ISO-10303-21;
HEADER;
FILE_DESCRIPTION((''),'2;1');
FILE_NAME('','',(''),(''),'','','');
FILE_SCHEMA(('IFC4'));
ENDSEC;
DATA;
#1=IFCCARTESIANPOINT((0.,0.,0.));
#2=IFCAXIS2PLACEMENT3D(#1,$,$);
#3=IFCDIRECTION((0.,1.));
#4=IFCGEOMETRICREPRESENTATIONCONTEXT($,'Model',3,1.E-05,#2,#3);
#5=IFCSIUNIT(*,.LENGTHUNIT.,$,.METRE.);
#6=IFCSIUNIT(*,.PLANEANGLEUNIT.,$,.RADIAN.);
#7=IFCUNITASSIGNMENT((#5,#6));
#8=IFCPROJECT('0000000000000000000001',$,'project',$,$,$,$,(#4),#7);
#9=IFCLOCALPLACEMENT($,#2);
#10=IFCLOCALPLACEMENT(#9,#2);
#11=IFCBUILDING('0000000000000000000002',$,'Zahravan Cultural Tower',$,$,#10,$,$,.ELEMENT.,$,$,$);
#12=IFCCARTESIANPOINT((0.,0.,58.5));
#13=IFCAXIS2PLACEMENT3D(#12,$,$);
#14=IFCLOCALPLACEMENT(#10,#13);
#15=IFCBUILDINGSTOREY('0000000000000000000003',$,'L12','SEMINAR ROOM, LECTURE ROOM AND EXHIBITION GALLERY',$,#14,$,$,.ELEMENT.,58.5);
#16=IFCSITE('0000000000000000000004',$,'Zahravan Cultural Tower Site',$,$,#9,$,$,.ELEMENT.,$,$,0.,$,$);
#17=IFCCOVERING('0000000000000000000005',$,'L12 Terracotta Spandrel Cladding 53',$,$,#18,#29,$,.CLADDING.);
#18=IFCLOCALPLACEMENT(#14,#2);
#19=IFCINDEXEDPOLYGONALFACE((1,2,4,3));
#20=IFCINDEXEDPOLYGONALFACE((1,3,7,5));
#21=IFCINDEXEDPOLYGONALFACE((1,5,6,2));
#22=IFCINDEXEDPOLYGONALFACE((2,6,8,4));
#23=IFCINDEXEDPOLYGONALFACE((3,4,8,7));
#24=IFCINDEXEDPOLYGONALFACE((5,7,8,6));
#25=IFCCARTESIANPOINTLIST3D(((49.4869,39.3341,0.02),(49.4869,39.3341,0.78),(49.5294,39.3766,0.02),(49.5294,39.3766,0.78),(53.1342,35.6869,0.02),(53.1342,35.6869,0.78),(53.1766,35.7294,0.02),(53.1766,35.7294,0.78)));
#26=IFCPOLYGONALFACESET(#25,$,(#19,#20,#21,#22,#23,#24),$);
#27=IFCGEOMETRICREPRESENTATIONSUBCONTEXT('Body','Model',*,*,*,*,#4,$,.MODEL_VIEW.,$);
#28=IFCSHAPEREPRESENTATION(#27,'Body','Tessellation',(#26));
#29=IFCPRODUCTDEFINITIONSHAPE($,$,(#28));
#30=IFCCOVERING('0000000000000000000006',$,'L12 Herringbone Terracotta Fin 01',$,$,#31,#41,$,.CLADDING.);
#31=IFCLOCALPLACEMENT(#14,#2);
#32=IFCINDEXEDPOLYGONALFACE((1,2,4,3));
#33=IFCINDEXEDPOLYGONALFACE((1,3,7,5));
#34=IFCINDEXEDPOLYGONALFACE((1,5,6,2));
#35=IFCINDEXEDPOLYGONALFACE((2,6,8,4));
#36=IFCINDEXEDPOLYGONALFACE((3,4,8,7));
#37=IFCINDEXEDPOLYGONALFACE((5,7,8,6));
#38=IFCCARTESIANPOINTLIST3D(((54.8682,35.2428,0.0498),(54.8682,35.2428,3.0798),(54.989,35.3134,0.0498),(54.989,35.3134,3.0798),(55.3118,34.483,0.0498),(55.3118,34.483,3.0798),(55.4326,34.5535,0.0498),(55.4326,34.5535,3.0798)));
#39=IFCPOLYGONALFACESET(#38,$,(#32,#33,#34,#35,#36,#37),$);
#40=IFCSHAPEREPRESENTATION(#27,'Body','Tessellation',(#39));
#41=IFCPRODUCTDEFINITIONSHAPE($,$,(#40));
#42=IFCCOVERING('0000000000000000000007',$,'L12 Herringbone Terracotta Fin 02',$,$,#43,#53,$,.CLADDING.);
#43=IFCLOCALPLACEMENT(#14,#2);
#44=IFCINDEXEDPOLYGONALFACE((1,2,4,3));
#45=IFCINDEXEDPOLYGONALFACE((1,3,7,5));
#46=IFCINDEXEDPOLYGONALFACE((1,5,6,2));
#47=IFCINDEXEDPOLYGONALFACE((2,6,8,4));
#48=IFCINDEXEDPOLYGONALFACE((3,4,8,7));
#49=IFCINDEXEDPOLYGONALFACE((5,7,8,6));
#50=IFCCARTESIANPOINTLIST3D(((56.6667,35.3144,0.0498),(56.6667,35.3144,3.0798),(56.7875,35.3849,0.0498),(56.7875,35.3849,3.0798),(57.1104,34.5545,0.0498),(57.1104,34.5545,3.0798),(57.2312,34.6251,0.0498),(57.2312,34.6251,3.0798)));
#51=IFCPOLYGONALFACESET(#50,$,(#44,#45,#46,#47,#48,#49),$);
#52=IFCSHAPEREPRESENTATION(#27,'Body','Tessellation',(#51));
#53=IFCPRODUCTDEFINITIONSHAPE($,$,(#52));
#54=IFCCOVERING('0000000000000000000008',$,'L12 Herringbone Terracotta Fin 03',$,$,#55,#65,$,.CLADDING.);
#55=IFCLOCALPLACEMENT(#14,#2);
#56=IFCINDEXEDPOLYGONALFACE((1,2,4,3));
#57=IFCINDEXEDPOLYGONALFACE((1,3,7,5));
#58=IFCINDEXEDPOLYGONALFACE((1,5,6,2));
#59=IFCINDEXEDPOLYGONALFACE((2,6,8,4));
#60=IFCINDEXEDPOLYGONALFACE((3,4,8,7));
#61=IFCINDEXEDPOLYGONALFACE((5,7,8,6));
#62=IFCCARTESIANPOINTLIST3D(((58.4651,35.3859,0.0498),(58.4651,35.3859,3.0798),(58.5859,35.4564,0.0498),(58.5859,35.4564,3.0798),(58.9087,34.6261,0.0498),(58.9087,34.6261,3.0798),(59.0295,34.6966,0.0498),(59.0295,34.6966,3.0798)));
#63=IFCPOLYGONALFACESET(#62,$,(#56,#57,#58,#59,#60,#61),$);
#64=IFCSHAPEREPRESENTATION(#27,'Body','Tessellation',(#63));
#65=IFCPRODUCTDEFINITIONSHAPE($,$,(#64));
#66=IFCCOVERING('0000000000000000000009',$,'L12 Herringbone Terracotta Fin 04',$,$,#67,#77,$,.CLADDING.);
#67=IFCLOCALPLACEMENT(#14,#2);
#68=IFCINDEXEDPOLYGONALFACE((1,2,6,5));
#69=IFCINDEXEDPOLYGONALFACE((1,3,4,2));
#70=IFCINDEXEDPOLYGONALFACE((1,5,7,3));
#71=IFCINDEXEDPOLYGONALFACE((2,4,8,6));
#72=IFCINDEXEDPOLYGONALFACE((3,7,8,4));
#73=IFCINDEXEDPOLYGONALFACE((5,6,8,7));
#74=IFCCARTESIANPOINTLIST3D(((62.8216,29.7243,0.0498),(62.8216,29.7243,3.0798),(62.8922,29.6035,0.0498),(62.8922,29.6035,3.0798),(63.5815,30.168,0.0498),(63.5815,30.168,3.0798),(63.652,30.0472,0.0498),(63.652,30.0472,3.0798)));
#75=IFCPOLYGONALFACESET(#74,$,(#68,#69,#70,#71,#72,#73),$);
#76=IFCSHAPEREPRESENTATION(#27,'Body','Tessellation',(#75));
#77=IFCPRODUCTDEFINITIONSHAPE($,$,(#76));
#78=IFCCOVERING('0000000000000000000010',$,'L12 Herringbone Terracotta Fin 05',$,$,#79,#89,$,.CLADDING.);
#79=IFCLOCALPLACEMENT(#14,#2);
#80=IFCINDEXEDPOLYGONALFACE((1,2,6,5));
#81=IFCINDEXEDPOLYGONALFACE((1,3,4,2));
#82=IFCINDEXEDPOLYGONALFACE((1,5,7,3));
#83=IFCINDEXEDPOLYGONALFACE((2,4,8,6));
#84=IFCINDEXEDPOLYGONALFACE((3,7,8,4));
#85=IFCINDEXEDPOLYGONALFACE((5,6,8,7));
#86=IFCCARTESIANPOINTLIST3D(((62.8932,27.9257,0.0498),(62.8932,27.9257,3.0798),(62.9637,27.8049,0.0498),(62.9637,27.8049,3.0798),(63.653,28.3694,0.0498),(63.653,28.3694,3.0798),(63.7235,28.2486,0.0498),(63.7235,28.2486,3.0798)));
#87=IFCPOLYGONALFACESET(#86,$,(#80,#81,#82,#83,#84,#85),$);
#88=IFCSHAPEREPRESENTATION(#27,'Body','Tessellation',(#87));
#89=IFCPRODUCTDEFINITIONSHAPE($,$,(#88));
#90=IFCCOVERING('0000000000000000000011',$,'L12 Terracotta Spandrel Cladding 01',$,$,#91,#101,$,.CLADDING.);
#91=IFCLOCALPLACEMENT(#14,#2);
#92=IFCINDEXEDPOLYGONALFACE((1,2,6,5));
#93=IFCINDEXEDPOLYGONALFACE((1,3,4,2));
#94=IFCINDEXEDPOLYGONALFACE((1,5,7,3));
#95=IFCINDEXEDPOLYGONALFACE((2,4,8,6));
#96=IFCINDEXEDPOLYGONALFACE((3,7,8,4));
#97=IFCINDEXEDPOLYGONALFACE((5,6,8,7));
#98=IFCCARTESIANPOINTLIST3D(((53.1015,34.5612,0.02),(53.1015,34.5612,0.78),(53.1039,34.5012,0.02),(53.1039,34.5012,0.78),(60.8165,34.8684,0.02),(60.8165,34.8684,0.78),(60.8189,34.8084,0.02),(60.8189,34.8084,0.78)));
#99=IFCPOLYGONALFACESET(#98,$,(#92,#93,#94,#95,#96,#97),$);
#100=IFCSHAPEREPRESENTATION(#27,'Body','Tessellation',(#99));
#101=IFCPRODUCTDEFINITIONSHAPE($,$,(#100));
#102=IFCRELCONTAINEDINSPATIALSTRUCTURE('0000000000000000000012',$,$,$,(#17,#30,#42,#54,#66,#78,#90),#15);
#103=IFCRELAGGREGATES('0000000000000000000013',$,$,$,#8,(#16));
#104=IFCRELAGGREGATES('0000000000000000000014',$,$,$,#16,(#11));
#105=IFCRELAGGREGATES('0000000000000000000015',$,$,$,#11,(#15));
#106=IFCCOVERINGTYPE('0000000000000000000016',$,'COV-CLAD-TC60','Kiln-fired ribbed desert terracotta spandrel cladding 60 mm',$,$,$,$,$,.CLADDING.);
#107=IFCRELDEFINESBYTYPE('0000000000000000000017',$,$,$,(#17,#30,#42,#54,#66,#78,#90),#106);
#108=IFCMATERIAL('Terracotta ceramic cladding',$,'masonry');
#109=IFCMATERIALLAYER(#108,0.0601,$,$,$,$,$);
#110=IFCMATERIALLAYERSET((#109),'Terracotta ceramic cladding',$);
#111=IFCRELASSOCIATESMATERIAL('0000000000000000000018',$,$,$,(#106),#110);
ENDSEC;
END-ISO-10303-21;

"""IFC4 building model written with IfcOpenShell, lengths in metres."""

from ifc_helpers import new_model, si_unit, direction, frame, origin, origin_2d, place, context, subcontext, project, spatial, rectangle, extrude, source, transform, mapped, material, layer, layer_set, type_object, element, save


model = new_model("IFC4")

# Units and contexts
model_context = context("Model", 3, precision=1e-05, world=origin(), true_north=direction((0.0, 1.0)))
body_context = subcontext(model_context, "Body", "Model", "MODEL_VIEW")
ifc_project = project(units=[si_unit("LENGTHUNIT", "METRE"), si_unit("PLANEANGLEUNIT", "RADIAN")], contexts=[model_context])

# Site, building, storey
site_placement = place(None, origin())
site = spatial("IfcSite", under=ifc_project, at=site_placement, Name="Zahravan Cultural Tower Site", CompositionType="ELEMENT", RefElevation=0.0)
building_placement = place(site_placement, origin())
building = spatial("IfcBuilding", under=site, at=building_placement, Name="Zahravan Cultural Tower", CompositionType="ELEMENT")
storey_placement = place(building_placement, frame((0.0, 0.0, 58.5)))
storey = spatial("IfcBuildingStorey", under=building, at=storey_placement, Name="L12", Description="SEMINAR ROOM, LECTURE ROOM AND EXHIBITION GALLERY", CompositionType="ELEMENT", Elevation=58.5)

# Coverings
ifc_material_1 = material(Name="Terracotta ceramic cladding", Category="masonry")
ifc_layer_1 = layer(ifc_material_1, 0.0601)
ifc_layer_set_1 = layer_set([ifc_layer_1], Name="Terracotta ceramic cladding")
covering_type = type_object("IfcCoveringType", Name="COV-CLAD-TC60", Description="Kiln-fired ribbed desert terracotta spandrel cladding 60 mm", PredefinedType="CLADDING", material=ifc_layer_set_1)
shared_shape_1 = source(origin(), body_context, "Body", "SweptSolid", [
    extrude(rectangle(XDim=5.158, YDim=0.0601, at=origin_2d()), origin(), (0.0, 0.0, 1.0), 0.76),
])
covering_1_placement = place(storey_placement, frame((51.3318, 37.5317, 0.02), z_axis=(0.0, 0.0, 1.0), x_axis=(0.707107, -0.707107, 0.0)))
element("IfcCovering", 1, at=covering_1_placement, inside=storey, type_object=covering_type, Name="L12 Terracotta Spandrel Cladding 53", PredefinedType="CLADDING", context=body_context, shape_type="MappedRepresentation", body=[
    mapped(shared_shape_1, transform((0.0, 0.0, 0.0), x_axis=(1.0, 0.0, 0.0), y_axis=(0.0, 1.0, 0.0), z_axis=(0.0, 0.0, 1.0), scale=1.0)),
])
shared_shape_2 = source(origin(), body_context, "Body", "SweptSolid", [
    extrude(rectangle(XDim=0.8799, YDim=0.1399, at=origin_2d()), origin(), (0.0, 0.0, 1.0), 3.03),
])
for number, where, z_axis, x_axis, name in (
    (2, (55.1504, 34.8982, 0.0498), (0.0, 0.0, 1.0), (-0.504226, 0.863572, 0.0), "L12 Herringbone Terracotta Fin 01"),
    (3, (56.949, 34.9697, 0.0498), (0.0, 0.0, 1.0), (-0.504226, 0.863572, 0.0), "L12 Herringbone Terracotta Fin 02"),
    (4, (58.7473, 35.0413, 0.0498), (0.0, 0.0, 1.0), (-0.504226, 0.863572, 0.0), "L12 Herringbone Terracotta Fin 03"),
    (5, (63.2368, 29.8857, 0.0498), (0.0, 0.0, 1.0), (0.863572, 0.504226, 0.0), "L12 Herringbone Terracotta Fin 04"),
    (6, (63.3083, 28.0872, 0.0498), (0.0, 0.0, 1.0), (0.863572, 0.504226, 0.0), "L12 Herringbone Terracotta Fin 05"),
):
    element("IfcCovering", number, at=place(storey_placement, frame(where, z_axis=z_axis, x_axis=x_axis)), inside=storey, type_object=covering_type, Name=name, PredefinedType="CLADDING", context=body_context, shape_type="MappedRepresentation", body=[
        mapped(shared_shape_2, transform((0.0, 0.0, 0.0), x_axis=(1.0, 0.0, 0.0), y_axis=(0.0, 1.0, 0.0), z_axis=(0.0, 0.0, 1.0), scale=1.0)),
    ])
shared_shape_3 = source(origin(), body_context, "Body", "SweptSolid", [
    extrude(rectangle(XDim=7.7212, YDim=0.0601, at=origin_2d()), origin(), (0.0, 0.0, 1.0), 0.76),
])
covering_2_placement = place(storey_placement, frame((56.9602, 34.6848, 0.02), z_axis=(0.0, 0.0, 1.0), x_axis=(0.999208, 0.039783, 0.0)))
element("IfcCovering", 7, at=covering_2_placement, inside=storey, type_object=covering_type, Name="L12 Terracotta Spandrel Cladding 01", PredefinedType="CLADDING", context=body_context, shape_type="MappedRepresentation", body=[
    mapped(shared_shape_3, transform((0.0, 0.0, 0.0), x_axis=(1.0, 0.0, 0.0), y_axis=(0.0, 1.0, 0.0), z_axis=(0.0, 0.0, 1.0), scale=1.0)),
])

save(model, "model.ifc")
